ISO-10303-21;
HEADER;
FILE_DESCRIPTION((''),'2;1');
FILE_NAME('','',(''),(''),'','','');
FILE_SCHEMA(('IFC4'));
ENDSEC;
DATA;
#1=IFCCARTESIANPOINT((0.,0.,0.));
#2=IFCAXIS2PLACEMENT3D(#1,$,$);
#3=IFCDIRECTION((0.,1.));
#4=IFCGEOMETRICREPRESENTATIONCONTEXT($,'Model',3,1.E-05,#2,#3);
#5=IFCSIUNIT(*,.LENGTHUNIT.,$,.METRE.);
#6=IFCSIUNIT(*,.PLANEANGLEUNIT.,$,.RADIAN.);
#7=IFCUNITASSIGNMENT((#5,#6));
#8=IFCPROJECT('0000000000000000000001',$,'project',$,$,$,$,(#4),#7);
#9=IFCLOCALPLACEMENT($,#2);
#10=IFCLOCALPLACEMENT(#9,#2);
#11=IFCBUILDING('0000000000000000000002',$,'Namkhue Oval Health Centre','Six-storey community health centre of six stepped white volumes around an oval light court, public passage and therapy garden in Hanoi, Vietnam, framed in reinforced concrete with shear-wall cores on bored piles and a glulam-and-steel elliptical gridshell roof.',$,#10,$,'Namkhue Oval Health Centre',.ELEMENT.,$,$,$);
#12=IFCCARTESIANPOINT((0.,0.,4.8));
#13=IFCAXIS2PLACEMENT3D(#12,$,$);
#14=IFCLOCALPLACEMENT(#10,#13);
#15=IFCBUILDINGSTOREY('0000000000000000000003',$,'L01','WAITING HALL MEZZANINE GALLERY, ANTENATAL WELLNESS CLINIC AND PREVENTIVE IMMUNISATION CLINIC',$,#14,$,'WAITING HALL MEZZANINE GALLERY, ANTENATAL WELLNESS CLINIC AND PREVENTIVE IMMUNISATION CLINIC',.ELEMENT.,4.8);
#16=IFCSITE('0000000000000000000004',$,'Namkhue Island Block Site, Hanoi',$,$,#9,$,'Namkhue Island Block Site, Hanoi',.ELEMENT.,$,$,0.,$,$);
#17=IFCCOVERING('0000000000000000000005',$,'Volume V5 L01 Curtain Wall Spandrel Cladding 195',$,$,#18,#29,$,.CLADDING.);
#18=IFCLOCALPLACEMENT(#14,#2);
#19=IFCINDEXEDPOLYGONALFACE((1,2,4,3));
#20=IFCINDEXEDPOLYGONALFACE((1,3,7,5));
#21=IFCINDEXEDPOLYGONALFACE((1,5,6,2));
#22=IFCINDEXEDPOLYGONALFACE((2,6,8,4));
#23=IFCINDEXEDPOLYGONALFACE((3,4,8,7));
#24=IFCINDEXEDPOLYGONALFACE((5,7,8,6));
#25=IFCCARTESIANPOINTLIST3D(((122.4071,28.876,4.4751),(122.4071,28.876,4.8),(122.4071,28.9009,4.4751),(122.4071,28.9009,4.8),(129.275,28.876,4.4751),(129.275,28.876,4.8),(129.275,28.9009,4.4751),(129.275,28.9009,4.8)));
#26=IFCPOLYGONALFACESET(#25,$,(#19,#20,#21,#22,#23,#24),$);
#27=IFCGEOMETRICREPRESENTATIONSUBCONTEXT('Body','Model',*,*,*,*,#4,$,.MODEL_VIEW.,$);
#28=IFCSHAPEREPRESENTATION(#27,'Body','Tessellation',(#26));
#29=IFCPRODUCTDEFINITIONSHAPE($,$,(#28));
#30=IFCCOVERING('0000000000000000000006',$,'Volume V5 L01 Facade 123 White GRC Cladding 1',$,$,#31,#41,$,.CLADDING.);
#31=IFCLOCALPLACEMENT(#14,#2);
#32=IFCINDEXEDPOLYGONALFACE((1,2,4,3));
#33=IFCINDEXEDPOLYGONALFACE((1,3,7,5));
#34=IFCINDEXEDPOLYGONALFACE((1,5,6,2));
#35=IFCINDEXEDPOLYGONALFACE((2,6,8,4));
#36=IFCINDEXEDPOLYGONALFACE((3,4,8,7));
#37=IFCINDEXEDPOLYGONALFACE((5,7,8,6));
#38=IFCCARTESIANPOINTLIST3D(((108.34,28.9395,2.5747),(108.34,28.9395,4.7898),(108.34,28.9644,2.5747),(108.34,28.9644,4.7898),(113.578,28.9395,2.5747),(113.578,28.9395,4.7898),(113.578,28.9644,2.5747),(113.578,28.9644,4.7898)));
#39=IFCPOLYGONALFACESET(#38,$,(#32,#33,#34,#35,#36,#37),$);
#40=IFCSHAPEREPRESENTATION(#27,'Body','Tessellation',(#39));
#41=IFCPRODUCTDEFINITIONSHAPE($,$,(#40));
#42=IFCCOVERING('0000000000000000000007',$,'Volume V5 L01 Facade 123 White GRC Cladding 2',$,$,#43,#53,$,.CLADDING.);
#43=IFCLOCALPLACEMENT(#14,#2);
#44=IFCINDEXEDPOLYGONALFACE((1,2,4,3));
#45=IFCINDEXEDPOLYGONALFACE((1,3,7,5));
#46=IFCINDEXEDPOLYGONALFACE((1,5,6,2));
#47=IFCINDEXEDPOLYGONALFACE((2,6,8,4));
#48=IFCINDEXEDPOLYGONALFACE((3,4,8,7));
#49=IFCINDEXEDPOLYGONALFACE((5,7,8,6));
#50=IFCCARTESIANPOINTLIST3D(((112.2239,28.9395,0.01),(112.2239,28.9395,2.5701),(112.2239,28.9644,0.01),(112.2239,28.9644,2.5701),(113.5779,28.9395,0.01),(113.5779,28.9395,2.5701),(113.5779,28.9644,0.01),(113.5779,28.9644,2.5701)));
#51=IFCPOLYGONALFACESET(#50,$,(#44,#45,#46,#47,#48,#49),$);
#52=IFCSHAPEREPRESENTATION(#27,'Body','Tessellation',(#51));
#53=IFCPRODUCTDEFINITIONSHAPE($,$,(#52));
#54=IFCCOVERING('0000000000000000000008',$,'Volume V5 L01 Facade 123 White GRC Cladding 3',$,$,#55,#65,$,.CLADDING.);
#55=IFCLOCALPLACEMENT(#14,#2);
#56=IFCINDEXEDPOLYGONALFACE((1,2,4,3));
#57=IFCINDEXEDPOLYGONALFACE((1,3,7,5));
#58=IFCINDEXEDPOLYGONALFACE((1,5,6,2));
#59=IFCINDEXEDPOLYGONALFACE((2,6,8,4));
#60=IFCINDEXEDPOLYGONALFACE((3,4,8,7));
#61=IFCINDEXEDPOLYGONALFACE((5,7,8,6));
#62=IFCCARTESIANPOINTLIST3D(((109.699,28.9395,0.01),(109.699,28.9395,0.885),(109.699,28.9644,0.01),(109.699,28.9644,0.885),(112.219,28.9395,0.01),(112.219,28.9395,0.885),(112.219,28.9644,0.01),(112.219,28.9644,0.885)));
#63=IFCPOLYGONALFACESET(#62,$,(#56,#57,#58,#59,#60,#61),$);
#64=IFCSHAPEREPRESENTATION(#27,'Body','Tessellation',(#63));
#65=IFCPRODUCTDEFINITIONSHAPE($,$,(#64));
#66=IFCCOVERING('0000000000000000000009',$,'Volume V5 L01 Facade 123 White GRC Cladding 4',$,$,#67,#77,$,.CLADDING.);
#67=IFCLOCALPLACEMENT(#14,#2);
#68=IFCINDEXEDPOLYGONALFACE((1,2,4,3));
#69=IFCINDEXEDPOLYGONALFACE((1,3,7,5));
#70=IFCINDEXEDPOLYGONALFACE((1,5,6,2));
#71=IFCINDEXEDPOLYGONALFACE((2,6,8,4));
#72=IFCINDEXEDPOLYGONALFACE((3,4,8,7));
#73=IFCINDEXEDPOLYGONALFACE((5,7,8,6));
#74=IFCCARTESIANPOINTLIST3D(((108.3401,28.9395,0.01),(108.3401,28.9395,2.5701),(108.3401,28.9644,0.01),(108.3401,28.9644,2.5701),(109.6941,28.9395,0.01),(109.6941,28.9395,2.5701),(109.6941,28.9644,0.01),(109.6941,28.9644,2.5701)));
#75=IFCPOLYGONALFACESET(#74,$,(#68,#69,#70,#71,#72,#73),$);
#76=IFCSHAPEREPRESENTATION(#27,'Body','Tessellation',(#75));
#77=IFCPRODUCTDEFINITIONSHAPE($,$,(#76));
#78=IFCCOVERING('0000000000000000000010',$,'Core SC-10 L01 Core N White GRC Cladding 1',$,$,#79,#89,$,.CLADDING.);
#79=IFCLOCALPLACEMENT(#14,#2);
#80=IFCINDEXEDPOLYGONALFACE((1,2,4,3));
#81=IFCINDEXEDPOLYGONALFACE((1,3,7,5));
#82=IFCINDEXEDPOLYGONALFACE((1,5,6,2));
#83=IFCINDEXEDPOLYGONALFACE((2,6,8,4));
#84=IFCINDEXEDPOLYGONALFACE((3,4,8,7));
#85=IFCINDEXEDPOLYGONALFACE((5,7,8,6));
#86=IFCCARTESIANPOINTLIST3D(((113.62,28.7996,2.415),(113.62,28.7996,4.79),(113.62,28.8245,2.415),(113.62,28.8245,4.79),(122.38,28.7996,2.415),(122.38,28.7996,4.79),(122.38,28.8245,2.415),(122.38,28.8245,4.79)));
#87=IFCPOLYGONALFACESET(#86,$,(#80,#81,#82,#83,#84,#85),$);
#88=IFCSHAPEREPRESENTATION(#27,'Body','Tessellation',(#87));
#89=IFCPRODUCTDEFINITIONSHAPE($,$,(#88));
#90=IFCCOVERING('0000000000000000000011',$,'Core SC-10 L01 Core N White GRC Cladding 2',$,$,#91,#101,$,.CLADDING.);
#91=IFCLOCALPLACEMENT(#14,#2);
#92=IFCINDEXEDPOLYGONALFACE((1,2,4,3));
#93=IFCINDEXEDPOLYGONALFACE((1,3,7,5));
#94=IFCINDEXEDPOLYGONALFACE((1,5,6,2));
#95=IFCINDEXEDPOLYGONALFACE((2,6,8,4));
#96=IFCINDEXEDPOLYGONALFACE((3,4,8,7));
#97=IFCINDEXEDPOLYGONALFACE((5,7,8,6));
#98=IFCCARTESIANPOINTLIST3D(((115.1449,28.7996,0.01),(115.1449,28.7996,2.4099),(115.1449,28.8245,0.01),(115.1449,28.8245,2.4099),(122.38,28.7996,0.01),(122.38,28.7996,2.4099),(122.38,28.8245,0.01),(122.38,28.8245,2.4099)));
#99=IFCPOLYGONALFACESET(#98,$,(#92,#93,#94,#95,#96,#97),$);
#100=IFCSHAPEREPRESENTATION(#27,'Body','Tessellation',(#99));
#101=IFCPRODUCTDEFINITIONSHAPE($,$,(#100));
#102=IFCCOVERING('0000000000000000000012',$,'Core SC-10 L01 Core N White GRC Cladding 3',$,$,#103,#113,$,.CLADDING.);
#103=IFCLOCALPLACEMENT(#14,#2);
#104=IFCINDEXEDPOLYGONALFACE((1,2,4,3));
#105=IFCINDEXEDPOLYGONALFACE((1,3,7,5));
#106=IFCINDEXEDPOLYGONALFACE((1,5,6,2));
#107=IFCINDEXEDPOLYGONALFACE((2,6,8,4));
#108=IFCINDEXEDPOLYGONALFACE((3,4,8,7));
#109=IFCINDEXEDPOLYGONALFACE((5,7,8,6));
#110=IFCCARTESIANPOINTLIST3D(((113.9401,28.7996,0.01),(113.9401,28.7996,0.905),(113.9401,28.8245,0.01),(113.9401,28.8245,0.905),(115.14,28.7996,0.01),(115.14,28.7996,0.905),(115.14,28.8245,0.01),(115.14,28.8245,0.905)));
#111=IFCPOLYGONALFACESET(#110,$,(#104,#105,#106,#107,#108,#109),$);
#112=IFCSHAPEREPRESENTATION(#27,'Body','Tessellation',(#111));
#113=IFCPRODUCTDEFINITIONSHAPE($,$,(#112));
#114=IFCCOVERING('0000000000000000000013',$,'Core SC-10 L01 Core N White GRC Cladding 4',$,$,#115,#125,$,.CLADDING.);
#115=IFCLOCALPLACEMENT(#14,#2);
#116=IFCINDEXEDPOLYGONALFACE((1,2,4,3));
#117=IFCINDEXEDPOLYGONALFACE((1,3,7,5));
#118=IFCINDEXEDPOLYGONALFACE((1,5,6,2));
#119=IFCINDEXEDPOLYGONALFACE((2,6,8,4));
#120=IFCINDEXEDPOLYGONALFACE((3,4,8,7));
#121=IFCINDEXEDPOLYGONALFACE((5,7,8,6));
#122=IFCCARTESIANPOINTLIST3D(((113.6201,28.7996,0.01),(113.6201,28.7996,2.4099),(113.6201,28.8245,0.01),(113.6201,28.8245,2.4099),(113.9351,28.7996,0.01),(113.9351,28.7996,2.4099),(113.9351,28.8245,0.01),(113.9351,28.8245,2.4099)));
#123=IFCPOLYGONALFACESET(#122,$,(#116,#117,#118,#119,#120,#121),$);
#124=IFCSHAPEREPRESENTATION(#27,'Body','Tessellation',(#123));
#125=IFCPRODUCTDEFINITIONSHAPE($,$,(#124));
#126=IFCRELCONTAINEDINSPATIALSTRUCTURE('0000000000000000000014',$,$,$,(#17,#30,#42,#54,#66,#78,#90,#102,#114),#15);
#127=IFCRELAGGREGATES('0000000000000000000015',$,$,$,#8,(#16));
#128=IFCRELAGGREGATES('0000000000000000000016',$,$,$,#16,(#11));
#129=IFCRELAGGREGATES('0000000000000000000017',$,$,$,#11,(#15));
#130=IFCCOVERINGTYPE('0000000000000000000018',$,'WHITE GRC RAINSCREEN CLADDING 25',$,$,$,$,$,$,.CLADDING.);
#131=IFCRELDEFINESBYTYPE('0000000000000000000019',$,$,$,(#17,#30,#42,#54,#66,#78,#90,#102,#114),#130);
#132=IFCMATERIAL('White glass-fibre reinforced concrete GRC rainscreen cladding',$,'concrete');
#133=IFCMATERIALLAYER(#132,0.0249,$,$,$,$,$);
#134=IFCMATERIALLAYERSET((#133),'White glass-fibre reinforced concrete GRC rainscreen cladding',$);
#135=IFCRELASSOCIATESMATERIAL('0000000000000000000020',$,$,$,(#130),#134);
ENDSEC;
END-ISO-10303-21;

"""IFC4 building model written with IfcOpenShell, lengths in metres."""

from ifc_helpers import new_model, si_unit, direction, frame, origin, origin_2d, place, context, subcontext, project, spatial, rectangle, extrude, material, layer, layer_set, type_object, element, save


model = new_model("IFC4")

# Units and contexts
model_context = context("Model", 3, precision=1e-05, world=origin(), true_north=direction((0.0, 1.0)))
body_context = subcontext(model_context, "Body", "Model", "MODEL_VIEW")
ifc_project = project(units=[si_unit("LENGTHUNIT", "METRE"), si_unit("PLANEANGLEUNIT", "RADIAN")], contexts=[model_context])

# Site, building, storey
site_placement = place(None, origin())
site = spatial("IfcSite", under=ifc_project, at=site_placement, Name="Namkhue Island Block Site, Hanoi", LongName="Namkhue Island Block Site, Hanoi", CompositionType="ELEMENT", RefElevation=0.0)
building_placement = place(site_placement, origin())
building = spatial("IfcBuilding", under=site, at=building_placement, Name="Namkhue Oval Health Centre", Description="Six-storey community health centre of six stepped white volumes around an oval light court, public passage and therapy garden in Hanoi, Vietnam, framed in reinforced concrete with shear-wall cores on bored piles and a glulam-and-steel elliptical gridshell roof.", LongName="Namkhue Oval Health Centre", CompositionType="ELEMENT")
storey_placement = place(building_placement, frame((0.0, 0.0, 4.8)))
storey = spatial("IfcBuildingStorey", under=building, at=storey_placement, Name="L01", Description="WAITING HALL MEZZANINE GALLERY, ANTENATAL WELLNESS CLINIC AND PREVENTIVE IMMUNISATION CLINIC", LongName="WAITING HALL MEZZANINE GALLERY, ANTENATAL WELLNESS CLINIC AND PREVENTIVE IMMUNISATION CLINIC", CompositionType="ELEMENT", Elevation=4.8)

# Coverings
ifc_material_1 = material(Name="White glass-fibre reinforced concrete GRC rainscreen cladding", Category="concrete")
ifc_layer_1 = layer(ifc_material_1, 0.0249)
ifc_layer_set_1 = layer_set([ifc_layer_1], Name="White glass-fibre reinforced concrete GRC rainscreen cladding")
covering_type = type_object("IfcCoveringType", Name="WHITE GRC RAINSCREEN CLADDING 25", PredefinedType="CLADDING", material=ifc_layer_set_1)
covering_1_placement = place(storey_placement, frame((125.8411, 28.8884, 4.4751), z_axis=(0.0, 0.0, 1.0), x_axis=(-1.0, 0.0, 0.0)))
element("IfcCovering", 1, at=covering_1_placement, inside=storey, type_object=covering_type, Name="Volume V5 L01 Curtain Wall Spandrel Cladding 195", PredefinedType="CLADDING", context=body_context, shape_type="SweptSolid", body=[
    extrude(rectangle(XDim=6.8679, YDim=0.0249, at=origin_2d()), origin(), (0.0, 0.0, 1.0), 0.325),
])
covering_2_placement = place(storey_placement, frame((110.959, 28.9519, 2.5747), z_axis=(0.0, 0.0, 1.0), x_axis=(-1.0, 0.0, 0.0)))
element("IfcCovering", 2, at=covering_2_placement, inside=storey, type_object=covering_type, Name="Volume V5 L01 Facade 123 White GRC Cladding 1", PredefinedType="CLADDING", context=body_context, shape_type="SweptSolid", body=[
    extrude(rectangle(XDim=5.238, YDim=0.0249, at=origin_2d()), origin(), (0.0, 0.0, 1.0), 2.2151),
])
covering_3_placement = place(storey_placement, frame((112.9009, 28.9519, 0.01), z_axis=(0.0, 0.0, 1.0), x_axis=(-1.0, 0.0, 0.0)))
element("IfcCovering", 3, at=covering_3_placement, inside=storey, type_object=covering_type, Name="Volume V5 L01 Facade 123 White GRC Cladding 2", PredefinedType="CLADDING", context=body_context, shape_type="SweptSolid", body=[
    extrude(rectangle(XDim=1.354, YDim=0.0249, at=origin_2d()), origin(), (0.0, 0.0, 1.0), 2.5601),
])
covering_4_placement = place(storey_placement, frame((110.959, 28.9519, 0.01), z_axis=(0.0, 0.0, 1.0), x_axis=(-1.0, 0.0, 0.0)))
element("IfcCovering", 4, at=covering_4_placement, inside=storey, type_object=covering_type, Name="Volume V5 L01 Facade 123 White GRC Cladding 3", PredefinedType="CLADDING", context=body_context, shape_type="SweptSolid", body=[
    extrude(rectangle(XDim=2.52, YDim=0.0249, at=origin_2d()), origin(), (0.0, 0.0, 1.0), 0.875),
])
covering_5_placement = place(storey_placement, frame((109.0171, 28.9519, 0.01), z_axis=(0.0, 0.0, 1.0), x_axis=(-1.0, 0.0, 0.0)))
element("IfcCovering", 5, at=covering_5_placement, inside=storey, type_object=covering_type, Name="Volume V5 L01 Facade 123 White GRC Cladding 4", PredefinedType="CLADDING", context=body_context, shape_type="SweptSolid", body=[
    extrude(rectangle(XDim=1.354, YDim=0.0249, at=origin_2d()), origin(), (0.0, 0.0, 1.0), 2.5601),
])
covering_6_placement = place(storey_placement, frame((118.0, 28.812, 2.415), z_axis=(0.0, 0.0, 1.0), x_axis=(-1.0, 0.0, 0.0)))
element("IfcCovering", 6, at=covering_6_placement, inside=storey, type_object=covering_type, Name="Core SC-10 L01 Core N White GRC Cladding 1", PredefinedType="CLADDING", context=body_context, shape_type="SweptSolid", body=[
    extrude(rectangle(XDim=8.76, YDim=0.0249, at=origin_2d()), origin(), (0.0, 0.0, 1.0), 2.375),
])
covering_7_placement = place(storey_placement, frame((118.7625, 28.812, 0.01), z_axis=(0.0, 0.0, 1.0), x_axis=(-1.0, 0.0, 0.0)))
element("IfcCovering", 7, at=covering_7_placement, inside=storey, type_object=covering_type, Name="Core SC-10 L01 Core N White GRC Cladding 2", PredefinedType="CLADDING", context=body_context, shape_type="SweptSolid", body=[
    extrude(rectangle(XDim=7.2351, YDim=0.0249, at=origin_2d()), origin(), (0.0, 0.0, 1.0), 2.3999),
])
covering_8_placement = place(storey_placement, frame((114.54, 28.812, 0.01), z_axis=(0.0, 0.0, 1.0), x_axis=(-1.0, 0.0, 0.0)))
element("IfcCovering", 8, at=covering_8_placement, inside=storey, type_object=covering_type, Name="Core SC-10 L01 Core N White GRC Cladding 3", PredefinedType="CLADDING", context=body_context, shape_type="SweptSolid", body=[
    extrude(rectangle(XDim=1.2, YDim=0.0249, at=origin_2d()), origin(), (0.0, 0.0, 1.0), 0.895),
])
covering_9_placement = place(storey_placement, frame((113.7776, 28.812, 0.01), z_axis=(0.0, 0.0, 1.0), x_axis=(-1.0, 0.0, 0.0)))
element("IfcCovering", 9, at=covering_9_placement, inside=storey, type_object=covering_type, Name="Core SC-10 L01 Core N White GRC Cladding 4", PredefinedType="CLADDING", context=body_context, shape_type="SweptSolid", body=[
    extrude(rectangle(XDim=0.3149, YDim=0.0249, at=origin_2d()), origin(), (0.0, 0.0, 1.0), 2.3999),
])

save(model, "model.ifc")
